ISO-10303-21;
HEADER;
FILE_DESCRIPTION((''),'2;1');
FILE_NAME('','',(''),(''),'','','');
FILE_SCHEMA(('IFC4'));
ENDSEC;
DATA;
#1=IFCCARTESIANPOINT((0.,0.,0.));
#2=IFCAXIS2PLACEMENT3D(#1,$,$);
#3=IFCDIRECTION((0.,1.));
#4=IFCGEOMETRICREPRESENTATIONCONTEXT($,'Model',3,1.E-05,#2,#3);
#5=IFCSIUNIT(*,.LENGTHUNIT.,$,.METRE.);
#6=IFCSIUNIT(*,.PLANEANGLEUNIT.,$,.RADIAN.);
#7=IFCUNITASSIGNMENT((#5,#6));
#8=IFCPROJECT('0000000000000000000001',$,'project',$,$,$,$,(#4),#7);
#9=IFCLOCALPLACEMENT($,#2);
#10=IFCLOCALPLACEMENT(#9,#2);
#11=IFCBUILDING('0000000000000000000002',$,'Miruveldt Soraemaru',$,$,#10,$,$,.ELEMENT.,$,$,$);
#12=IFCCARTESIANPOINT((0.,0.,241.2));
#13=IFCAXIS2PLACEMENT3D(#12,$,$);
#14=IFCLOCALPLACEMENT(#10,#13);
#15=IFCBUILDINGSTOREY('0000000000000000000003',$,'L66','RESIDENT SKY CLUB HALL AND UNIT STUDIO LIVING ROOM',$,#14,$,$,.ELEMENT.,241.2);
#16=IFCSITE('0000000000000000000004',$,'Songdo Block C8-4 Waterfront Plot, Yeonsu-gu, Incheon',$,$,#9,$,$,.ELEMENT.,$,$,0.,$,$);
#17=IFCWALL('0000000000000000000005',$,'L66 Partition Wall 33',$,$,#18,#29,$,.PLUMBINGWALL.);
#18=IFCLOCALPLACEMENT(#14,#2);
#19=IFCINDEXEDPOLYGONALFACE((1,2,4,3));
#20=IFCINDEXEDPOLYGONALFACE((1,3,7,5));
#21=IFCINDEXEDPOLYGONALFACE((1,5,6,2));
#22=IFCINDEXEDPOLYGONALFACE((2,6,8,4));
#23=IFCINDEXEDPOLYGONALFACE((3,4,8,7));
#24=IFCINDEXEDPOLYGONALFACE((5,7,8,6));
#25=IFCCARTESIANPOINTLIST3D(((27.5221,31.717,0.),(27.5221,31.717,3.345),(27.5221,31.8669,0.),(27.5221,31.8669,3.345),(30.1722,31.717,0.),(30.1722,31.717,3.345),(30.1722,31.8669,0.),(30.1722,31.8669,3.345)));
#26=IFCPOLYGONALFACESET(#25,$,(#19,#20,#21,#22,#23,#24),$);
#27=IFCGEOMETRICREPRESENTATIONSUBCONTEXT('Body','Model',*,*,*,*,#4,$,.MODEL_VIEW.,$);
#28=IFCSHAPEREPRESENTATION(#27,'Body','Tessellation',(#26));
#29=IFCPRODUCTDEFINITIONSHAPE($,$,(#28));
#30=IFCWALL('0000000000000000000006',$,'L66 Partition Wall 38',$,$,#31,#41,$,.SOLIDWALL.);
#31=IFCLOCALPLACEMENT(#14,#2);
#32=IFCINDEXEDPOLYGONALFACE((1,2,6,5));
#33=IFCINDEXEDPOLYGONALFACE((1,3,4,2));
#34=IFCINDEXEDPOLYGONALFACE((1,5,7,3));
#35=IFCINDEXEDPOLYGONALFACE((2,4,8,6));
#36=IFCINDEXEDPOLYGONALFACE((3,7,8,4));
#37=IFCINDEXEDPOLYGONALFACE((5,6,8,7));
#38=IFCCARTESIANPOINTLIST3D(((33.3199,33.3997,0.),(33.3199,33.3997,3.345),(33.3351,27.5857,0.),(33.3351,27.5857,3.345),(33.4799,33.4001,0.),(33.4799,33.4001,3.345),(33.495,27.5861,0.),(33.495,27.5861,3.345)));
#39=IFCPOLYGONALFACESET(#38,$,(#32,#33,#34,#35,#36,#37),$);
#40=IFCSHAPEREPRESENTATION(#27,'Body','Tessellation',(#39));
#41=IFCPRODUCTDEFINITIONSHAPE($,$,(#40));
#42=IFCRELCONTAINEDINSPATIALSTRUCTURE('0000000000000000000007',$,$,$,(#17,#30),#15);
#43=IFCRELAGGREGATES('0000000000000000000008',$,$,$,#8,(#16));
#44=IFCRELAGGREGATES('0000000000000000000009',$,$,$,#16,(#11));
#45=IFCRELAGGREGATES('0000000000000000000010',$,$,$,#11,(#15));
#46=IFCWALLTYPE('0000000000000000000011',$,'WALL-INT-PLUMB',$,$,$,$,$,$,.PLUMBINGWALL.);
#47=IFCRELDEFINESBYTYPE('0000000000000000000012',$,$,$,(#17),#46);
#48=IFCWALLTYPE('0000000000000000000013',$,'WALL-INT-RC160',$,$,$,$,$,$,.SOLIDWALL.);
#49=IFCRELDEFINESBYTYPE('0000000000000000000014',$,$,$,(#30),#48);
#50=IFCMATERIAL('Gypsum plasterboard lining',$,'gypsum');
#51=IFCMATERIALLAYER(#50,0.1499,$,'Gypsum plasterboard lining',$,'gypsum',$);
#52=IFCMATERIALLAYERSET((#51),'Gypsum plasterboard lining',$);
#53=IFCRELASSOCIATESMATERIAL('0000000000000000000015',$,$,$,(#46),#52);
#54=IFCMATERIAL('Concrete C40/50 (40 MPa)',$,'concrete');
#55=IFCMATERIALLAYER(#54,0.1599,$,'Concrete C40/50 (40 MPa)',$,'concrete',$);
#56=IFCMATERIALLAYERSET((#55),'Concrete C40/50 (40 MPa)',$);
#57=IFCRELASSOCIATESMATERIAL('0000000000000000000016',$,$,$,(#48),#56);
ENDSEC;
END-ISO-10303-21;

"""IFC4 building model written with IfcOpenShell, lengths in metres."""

from ifc_helpers import new_model, si_unit, direction, frame, frame_2d, origin, place, context, subcontext, project, spatial, rectangle, extrude, material, layer, layer_set, type_object, element, save


model = new_model("IFC4")

# Units and contexts
model_context = context("Model", 3, precision=1e-05, world=origin(), true_north=direction((0.0, 1.0)))
body_context = subcontext(model_context, "Body", "Model", "MODEL_VIEW")
ifc_project = project(units=[si_unit("LENGTHUNIT", "METRE"), si_unit("PLANEANGLEUNIT", "RADIAN")], contexts=[model_context])

# Site, building, storey
site_placement = place(None, origin())
site = spatial("IfcSite", under=ifc_project, at=site_placement, Name="Songdo Block C8-4 Waterfront Plot, Yeonsu-gu, Incheon", CompositionType="ELEMENT", RefElevation=0.0)
building_placement = place(site_placement, origin())
building = spatial("IfcBuilding", under=site, at=building_placement, Name="Miruveldt Soraemaru", CompositionType="ELEMENT")
storey_placement = place(building_placement, frame((0.0, 0.0, 241.2)))
storey = spatial("IfcBuildingStorey", under=building, at=storey_placement, Name="L66", Description="RESIDENT SKY CLUB HALL AND UNIT STUDIO LIVING ROOM", CompositionType="ELEMENT", Elevation=241.2)

# Shared definitions
ifc_material_1 = material(Name="Concrete C40/50 (40 MPa)", Category="concrete")

# Shared definitions
ifc_material_2 = material(Name="Gypsum plasterboard lining", Category="gypsum")
ifc_layer_1 = layer(ifc_material_2, 0.1499, Name="Gypsum plasterboard lining", Category="gypsum")
ifc_layer_set_1 = layer_set([ifc_layer_1], Name="Gypsum plasterboard lining")
wall_type_1 = type_object("IfcWallType", Name="WALL-INT-PLUMB", PredefinedType="PLUMBINGWALL", material=ifc_layer_set_1)

# Walls
wall_1_placement = place(storey_placement, frame((27.522, 31.792, 0.0), z_axis=(0.0, 0.0, 1.0), x_axis=(1.0, 0.0, 0.0)))
element("IfcWall", 1, at=wall_1_placement, inside=storey, type_object=wall_type_1, Name="L66 Partition Wall 33", PredefinedType="PLUMBINGWALL", context=body_context, shape_type="SweptSolid", body=[
    extrude(rectangle(XDim=2.6501, YDim=0.1499, at=frame_2d((1.3252, 0.0))), origin(), (0.0, 0.0, 1.0), 3.345),
])
ifc_layer_2 = layer(ifc_material_1, 0.1599, Name="Concrete C40/50 (40 MPa)", Category="concrete")
ifc_layer_set_2 = layer_set([ifc_layer_2], Name="Concrete C40/50 (40 MPa)")
wall_type_2 = type_object("IfcWallType", Name="WALL-INT-RC160", PredefinedType="SOLIDWALL", material=ifc_layer_set_2)
wall_2_placement = place(storey_placement, frame((33.415, 27.5859, 0.0), z_axis=(0.0, 0.0, 1.0), x_axis=(-0.002604, 0.999997, 0.0)))
element("IfcWall", 2, at=wall_2_placement, inside=storey, type_object=wall_type_2, Name="L66 Partition Wall 38", PredefinedType="SOLIDWALL", context=body_context, shape_type="SweptSolid", body=[
    extrude(rectangle(XDim=5.814, YDim=0.1599, at=frame_2d((2.907, 0.0))), origin(), (0.0, 0.0, 1.0), 3.345),
])

save(model, "model.ifc")
